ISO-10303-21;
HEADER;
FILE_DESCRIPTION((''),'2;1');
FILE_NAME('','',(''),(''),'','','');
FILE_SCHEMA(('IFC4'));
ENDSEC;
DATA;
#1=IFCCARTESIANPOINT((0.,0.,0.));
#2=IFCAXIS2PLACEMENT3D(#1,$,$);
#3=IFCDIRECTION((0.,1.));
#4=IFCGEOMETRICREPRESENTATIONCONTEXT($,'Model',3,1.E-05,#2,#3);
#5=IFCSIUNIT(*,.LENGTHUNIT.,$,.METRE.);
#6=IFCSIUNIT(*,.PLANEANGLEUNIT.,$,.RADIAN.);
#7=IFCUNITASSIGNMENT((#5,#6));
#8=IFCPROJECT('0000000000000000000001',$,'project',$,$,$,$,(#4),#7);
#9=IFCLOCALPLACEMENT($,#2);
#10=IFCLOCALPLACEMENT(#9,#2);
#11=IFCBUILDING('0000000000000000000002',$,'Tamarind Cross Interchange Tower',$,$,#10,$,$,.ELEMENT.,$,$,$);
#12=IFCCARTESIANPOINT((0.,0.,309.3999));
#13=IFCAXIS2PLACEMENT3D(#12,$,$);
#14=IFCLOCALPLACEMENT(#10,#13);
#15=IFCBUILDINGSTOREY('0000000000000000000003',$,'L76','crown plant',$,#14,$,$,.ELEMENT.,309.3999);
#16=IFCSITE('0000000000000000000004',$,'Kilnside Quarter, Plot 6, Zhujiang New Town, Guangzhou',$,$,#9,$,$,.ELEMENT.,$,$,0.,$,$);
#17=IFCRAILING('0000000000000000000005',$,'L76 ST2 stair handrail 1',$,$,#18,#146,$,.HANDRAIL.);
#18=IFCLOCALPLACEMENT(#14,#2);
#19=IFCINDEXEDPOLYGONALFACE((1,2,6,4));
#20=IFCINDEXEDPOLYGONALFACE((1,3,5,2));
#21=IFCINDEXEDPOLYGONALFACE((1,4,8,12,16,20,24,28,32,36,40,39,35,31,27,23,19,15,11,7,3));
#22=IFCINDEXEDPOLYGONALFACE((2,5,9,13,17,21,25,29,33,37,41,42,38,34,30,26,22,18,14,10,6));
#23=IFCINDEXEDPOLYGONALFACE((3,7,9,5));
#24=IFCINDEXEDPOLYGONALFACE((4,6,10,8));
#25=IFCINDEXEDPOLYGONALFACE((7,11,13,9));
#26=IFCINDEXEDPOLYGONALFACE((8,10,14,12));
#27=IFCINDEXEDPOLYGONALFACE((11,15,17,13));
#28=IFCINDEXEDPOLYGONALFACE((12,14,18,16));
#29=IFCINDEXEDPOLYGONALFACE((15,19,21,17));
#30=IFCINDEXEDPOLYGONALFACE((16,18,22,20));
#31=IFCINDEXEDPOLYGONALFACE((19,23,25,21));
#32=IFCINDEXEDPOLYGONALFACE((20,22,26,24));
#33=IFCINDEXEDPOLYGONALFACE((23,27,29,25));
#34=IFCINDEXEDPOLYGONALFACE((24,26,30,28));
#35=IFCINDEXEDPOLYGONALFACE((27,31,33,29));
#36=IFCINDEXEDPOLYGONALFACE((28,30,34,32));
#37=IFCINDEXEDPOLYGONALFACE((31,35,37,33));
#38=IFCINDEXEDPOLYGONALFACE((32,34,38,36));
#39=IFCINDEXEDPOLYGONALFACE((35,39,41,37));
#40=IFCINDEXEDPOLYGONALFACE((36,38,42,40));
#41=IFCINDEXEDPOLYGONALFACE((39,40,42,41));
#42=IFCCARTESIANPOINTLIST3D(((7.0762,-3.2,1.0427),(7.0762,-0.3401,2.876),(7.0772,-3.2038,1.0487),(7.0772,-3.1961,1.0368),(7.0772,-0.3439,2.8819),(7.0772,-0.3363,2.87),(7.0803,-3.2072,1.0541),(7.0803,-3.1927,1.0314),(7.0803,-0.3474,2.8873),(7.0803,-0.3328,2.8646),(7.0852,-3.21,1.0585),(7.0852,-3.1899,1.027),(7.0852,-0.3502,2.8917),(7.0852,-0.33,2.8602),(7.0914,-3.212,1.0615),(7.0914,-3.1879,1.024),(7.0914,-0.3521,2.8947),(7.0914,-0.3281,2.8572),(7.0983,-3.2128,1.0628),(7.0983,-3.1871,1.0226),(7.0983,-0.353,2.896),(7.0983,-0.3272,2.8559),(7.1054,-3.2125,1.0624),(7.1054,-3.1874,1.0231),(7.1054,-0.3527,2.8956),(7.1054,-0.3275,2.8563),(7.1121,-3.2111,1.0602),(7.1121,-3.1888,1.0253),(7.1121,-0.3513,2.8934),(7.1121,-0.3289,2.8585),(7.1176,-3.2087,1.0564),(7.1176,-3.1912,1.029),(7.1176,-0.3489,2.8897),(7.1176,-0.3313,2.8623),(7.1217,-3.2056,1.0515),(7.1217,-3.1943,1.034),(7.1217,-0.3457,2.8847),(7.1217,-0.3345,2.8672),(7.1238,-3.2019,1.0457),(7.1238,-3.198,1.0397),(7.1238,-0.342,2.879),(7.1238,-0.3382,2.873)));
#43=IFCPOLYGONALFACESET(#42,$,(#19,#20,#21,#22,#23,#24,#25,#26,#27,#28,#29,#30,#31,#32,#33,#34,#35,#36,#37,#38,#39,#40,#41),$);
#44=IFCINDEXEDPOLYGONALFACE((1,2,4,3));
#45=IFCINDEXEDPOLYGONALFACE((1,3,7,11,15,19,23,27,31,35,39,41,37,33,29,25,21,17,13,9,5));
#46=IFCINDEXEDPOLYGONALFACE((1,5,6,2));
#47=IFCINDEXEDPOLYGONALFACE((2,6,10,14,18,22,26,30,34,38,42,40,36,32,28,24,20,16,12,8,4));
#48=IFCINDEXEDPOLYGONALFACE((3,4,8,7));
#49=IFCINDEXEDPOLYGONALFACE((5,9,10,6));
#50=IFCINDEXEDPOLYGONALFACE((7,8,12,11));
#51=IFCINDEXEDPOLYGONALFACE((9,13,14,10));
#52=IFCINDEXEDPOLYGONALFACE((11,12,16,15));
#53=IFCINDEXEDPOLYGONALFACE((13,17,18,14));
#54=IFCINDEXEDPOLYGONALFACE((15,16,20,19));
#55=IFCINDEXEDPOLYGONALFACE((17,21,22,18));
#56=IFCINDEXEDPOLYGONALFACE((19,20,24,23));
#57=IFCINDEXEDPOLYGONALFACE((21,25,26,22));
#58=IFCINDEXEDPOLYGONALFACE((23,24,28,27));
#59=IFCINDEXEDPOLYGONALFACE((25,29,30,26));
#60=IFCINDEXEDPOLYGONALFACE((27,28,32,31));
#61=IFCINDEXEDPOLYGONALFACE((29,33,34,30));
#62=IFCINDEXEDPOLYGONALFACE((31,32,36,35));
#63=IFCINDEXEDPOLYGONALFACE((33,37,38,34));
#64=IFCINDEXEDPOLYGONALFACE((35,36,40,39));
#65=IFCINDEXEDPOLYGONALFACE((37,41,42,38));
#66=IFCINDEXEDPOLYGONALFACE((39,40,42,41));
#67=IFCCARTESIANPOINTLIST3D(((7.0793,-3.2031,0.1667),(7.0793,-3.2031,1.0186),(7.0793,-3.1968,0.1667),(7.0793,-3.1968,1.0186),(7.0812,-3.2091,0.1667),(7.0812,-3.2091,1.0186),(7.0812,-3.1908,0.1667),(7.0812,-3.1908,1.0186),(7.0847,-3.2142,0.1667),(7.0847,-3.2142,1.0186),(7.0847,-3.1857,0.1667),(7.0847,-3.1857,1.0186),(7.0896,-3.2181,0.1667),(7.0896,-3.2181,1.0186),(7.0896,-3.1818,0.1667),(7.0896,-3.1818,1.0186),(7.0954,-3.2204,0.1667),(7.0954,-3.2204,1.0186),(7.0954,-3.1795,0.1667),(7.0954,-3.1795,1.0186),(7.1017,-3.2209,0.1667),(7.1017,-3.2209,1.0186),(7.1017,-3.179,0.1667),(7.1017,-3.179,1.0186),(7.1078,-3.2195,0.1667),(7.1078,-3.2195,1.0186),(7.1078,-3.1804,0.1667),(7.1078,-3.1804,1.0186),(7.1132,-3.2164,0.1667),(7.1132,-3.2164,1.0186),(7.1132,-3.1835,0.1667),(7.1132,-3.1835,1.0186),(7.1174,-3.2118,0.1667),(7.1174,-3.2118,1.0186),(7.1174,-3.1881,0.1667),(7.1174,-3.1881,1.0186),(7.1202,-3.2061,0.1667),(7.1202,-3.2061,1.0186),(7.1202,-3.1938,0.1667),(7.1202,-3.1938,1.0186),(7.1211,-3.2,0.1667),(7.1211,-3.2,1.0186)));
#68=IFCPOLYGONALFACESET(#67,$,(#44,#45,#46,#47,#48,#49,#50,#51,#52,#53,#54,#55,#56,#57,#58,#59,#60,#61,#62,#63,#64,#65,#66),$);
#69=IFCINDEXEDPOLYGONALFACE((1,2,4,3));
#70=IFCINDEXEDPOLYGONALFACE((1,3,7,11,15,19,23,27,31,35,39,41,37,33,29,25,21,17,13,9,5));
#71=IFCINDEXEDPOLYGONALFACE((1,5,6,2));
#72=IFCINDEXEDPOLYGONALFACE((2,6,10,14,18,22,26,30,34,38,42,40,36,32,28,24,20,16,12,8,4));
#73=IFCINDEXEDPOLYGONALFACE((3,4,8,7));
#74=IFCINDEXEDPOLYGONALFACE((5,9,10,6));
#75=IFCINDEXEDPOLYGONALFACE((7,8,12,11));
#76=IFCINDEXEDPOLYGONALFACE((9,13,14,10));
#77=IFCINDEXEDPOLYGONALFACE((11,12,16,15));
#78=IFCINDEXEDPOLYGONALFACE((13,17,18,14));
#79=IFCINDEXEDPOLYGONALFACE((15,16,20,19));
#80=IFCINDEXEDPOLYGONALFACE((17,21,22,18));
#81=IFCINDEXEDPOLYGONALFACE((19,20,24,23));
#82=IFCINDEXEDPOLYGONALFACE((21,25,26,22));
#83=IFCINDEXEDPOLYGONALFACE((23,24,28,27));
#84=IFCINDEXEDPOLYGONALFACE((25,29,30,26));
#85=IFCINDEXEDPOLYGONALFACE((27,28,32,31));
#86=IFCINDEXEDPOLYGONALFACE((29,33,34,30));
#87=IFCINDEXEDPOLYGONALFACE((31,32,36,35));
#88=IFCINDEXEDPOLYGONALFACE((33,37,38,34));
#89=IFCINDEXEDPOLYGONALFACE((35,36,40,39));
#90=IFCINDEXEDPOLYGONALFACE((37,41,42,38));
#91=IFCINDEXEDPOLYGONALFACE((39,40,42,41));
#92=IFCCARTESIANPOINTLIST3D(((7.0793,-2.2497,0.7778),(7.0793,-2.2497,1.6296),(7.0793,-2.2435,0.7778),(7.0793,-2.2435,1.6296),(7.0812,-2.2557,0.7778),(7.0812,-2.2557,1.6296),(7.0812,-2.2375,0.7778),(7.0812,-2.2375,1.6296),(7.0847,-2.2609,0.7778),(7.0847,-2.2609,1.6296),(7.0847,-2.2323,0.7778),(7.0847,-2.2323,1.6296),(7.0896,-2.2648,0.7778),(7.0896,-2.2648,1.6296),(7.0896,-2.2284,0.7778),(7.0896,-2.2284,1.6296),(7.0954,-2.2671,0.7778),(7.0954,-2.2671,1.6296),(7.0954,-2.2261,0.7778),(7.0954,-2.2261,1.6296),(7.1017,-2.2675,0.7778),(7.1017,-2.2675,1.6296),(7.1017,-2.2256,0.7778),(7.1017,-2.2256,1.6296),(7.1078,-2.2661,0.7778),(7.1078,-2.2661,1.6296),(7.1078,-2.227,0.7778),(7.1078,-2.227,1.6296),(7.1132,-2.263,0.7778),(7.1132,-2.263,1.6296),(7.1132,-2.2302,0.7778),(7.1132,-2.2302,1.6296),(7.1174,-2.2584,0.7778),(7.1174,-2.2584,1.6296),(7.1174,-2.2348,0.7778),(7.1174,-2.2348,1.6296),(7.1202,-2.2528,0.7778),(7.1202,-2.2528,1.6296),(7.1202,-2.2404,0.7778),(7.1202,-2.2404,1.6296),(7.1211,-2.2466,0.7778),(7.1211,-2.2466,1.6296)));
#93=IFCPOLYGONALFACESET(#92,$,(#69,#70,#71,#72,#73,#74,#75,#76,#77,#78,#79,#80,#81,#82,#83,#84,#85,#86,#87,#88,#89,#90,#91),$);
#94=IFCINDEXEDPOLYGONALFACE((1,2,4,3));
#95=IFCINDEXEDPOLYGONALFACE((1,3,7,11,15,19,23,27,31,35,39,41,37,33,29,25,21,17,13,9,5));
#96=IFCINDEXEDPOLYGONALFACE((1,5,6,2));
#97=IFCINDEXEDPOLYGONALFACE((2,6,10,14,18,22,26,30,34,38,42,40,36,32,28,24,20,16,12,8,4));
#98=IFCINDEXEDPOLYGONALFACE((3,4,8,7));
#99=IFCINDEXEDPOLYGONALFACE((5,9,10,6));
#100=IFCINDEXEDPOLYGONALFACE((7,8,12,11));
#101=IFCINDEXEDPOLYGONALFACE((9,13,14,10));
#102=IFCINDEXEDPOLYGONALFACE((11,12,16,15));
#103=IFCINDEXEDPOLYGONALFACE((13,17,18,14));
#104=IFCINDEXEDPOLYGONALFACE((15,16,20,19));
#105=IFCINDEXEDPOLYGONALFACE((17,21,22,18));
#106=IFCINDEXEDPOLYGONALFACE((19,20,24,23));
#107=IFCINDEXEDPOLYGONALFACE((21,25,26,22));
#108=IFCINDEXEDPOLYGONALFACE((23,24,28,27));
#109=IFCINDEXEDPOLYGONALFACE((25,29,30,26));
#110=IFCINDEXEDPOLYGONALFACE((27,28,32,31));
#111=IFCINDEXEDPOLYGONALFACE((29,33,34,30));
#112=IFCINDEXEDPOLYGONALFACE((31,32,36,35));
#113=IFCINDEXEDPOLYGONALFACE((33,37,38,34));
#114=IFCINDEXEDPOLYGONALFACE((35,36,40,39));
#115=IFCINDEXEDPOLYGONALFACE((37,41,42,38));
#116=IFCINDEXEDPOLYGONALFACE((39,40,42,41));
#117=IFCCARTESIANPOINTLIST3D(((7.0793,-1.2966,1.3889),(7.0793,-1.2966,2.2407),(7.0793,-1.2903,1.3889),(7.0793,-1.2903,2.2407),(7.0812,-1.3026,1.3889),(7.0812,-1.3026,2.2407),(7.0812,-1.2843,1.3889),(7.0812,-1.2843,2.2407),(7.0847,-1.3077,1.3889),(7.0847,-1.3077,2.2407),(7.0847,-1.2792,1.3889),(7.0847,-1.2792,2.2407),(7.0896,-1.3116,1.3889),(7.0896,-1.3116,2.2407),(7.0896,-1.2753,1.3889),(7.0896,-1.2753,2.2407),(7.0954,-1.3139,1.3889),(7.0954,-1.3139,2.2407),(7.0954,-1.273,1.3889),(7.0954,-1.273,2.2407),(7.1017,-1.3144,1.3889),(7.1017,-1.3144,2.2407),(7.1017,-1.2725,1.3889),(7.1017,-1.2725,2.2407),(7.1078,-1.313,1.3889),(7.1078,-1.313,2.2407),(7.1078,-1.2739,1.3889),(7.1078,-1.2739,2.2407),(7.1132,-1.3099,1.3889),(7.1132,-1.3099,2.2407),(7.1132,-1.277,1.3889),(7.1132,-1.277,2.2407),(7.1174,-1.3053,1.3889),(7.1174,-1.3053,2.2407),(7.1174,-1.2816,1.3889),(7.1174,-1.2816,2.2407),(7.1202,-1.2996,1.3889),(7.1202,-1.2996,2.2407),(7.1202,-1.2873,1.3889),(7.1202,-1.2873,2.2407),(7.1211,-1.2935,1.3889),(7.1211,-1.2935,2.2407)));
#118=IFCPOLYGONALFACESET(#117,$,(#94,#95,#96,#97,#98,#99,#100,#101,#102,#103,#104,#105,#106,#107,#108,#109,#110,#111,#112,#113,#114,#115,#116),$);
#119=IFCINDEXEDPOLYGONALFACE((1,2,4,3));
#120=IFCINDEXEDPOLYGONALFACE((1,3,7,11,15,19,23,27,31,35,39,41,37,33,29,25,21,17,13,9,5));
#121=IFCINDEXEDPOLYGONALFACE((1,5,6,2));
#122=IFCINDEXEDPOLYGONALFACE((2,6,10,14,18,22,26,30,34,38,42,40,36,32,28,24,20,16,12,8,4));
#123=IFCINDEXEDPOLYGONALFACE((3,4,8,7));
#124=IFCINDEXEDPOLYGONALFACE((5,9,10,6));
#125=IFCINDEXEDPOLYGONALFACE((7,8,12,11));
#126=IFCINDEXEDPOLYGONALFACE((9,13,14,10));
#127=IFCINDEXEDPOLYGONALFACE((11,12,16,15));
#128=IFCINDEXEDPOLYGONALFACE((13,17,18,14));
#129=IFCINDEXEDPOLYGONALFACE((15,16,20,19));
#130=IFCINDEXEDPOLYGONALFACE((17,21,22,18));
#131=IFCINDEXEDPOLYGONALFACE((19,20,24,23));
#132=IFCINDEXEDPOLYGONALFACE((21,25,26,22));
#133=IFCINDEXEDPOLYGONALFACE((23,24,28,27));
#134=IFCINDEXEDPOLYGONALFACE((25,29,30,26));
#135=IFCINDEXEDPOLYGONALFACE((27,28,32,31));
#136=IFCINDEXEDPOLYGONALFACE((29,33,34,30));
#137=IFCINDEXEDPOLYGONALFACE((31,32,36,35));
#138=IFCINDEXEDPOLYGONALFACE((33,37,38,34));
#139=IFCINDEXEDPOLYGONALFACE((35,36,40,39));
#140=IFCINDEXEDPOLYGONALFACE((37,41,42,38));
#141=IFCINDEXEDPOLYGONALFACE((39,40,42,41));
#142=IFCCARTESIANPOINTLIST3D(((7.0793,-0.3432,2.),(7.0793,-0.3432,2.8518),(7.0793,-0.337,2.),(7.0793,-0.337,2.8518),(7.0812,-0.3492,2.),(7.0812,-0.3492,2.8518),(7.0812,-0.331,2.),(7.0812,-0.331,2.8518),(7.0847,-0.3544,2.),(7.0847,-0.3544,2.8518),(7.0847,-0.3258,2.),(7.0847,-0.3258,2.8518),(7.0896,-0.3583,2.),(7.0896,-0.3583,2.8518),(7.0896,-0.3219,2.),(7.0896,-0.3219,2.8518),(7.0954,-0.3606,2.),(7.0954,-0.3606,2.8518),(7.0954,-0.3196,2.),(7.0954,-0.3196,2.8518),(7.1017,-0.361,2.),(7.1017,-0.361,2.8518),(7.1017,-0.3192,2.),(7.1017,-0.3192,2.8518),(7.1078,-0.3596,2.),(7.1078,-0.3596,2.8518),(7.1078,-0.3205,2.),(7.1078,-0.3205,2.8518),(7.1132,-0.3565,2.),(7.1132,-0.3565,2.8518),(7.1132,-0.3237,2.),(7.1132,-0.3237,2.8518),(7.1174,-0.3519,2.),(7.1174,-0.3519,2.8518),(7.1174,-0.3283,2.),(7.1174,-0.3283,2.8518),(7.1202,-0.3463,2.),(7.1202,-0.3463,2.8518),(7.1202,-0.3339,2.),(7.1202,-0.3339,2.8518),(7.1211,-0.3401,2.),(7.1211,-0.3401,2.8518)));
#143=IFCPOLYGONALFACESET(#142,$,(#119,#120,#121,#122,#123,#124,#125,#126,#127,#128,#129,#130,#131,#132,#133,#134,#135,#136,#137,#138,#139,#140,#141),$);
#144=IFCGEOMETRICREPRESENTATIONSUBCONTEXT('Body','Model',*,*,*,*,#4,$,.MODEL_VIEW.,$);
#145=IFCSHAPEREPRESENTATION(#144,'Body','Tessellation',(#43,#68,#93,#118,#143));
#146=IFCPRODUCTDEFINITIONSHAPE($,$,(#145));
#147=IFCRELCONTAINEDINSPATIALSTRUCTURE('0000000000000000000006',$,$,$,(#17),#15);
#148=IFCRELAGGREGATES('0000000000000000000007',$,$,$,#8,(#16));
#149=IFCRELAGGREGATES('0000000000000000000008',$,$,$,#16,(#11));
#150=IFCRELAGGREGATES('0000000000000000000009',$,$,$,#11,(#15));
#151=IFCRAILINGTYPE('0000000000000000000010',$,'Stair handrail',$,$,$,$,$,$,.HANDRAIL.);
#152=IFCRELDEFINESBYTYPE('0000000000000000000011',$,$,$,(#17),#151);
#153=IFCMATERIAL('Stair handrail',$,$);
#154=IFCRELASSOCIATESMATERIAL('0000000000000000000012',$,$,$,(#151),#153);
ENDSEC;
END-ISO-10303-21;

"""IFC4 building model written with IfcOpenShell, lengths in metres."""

from ifc_helpers import new_model, si_unit, direction, frame, origin, origin_2d, place, context, subcontext, project, spatial, circle, extrude, material, type_object, element, save


model = new_model("IFC4")

# Units and contexts
model_context = context("Model", 3, precision=1e-05, world=origin(), true_north=direction((0.0, 1.0)))
body_context = subcontext(model_context, "Body", "Model", "MODEL_VIEW")
ifc_project = project(units=[si_unit("LENGTHUNIT", "METRE"), si_unit("PLANEANGLEUNIT", "RADIAN")], contexts=[model_context])

# Site, building, storey
site_placement = place(None, origin())
site = spatial("IfcSite", under=ifc_project, at=site_placement, Name="Kilnside Quarter, Plot 6, Zhujiang New Town, Guangzhou", CompositionType="ELEMENT", RefElevation=0.0)
building_placement = place(site_placement, origin())
building = spatial("IfcBuilding", under=site, at=building_placement, Name="Tamarind Cross Interchange Tower", CompositionType="ELEMENT")
storey_placement = place(building_placement, frame((0.0, 0.0, 309.3999)))
storey = spatial("IfcBuildingStorey", under=building, at=storey_placement, Name="L76", Description="crown plant", CompositionType="ELEMENT", Elevation=309.3999)

# Railing
ifc_material_1 = material(Name="Stair handrail")
railing_type_1 = type_object("IfcRailingType", Name="Stair handrail", PredefinedType="HANDRAIL", material=ifc_material_1)
railing_1_placement = place(storey_placement, frame((7.1001, -3.2, 0.1667)))
element("IfcRailing", 1, at=railing_1_placement, inside=storey, type_object=railing_type_1, Name="L76 ST2 stair handrail 1", PredefinedType="HANDRAIL", context=body_context, shape_type="SweptSolid", body=[
    extrude(circle(Radius=0.0239, at=origin_2d()), frame((0.0, 0.0, 0.876), z_axis=(0.0, 0.841878, 0.539667), x_axis=(-1.0, 0.0, 0.0)), (0.0, 0.0, 1.0), 3.397),
    extrude(circle(Radius=0.021, at=origin_2d()), origin(), (0.0, 0.0, 1.0), 0.8518),
    extrude(circle(Radius=0.021, at=origin_2d()), frame((0.0, 0.9534, 0.6111)), (0.0, 0.0, 1.0), 0.8518),
    extrude(circle(Radius=0.021, at=origin_2d()), frame((0.0, 1.9065, 1.2222)), (0.0, 0.0, 1.0), 0.8518),
    extrude(circle(Radius=0.021, at=origin_2d()), frame((0.0, 2.8599, 1.8333)), (0.0, 0.0, 1.0), 0.8518),
])

save(model, "model.ifc")
